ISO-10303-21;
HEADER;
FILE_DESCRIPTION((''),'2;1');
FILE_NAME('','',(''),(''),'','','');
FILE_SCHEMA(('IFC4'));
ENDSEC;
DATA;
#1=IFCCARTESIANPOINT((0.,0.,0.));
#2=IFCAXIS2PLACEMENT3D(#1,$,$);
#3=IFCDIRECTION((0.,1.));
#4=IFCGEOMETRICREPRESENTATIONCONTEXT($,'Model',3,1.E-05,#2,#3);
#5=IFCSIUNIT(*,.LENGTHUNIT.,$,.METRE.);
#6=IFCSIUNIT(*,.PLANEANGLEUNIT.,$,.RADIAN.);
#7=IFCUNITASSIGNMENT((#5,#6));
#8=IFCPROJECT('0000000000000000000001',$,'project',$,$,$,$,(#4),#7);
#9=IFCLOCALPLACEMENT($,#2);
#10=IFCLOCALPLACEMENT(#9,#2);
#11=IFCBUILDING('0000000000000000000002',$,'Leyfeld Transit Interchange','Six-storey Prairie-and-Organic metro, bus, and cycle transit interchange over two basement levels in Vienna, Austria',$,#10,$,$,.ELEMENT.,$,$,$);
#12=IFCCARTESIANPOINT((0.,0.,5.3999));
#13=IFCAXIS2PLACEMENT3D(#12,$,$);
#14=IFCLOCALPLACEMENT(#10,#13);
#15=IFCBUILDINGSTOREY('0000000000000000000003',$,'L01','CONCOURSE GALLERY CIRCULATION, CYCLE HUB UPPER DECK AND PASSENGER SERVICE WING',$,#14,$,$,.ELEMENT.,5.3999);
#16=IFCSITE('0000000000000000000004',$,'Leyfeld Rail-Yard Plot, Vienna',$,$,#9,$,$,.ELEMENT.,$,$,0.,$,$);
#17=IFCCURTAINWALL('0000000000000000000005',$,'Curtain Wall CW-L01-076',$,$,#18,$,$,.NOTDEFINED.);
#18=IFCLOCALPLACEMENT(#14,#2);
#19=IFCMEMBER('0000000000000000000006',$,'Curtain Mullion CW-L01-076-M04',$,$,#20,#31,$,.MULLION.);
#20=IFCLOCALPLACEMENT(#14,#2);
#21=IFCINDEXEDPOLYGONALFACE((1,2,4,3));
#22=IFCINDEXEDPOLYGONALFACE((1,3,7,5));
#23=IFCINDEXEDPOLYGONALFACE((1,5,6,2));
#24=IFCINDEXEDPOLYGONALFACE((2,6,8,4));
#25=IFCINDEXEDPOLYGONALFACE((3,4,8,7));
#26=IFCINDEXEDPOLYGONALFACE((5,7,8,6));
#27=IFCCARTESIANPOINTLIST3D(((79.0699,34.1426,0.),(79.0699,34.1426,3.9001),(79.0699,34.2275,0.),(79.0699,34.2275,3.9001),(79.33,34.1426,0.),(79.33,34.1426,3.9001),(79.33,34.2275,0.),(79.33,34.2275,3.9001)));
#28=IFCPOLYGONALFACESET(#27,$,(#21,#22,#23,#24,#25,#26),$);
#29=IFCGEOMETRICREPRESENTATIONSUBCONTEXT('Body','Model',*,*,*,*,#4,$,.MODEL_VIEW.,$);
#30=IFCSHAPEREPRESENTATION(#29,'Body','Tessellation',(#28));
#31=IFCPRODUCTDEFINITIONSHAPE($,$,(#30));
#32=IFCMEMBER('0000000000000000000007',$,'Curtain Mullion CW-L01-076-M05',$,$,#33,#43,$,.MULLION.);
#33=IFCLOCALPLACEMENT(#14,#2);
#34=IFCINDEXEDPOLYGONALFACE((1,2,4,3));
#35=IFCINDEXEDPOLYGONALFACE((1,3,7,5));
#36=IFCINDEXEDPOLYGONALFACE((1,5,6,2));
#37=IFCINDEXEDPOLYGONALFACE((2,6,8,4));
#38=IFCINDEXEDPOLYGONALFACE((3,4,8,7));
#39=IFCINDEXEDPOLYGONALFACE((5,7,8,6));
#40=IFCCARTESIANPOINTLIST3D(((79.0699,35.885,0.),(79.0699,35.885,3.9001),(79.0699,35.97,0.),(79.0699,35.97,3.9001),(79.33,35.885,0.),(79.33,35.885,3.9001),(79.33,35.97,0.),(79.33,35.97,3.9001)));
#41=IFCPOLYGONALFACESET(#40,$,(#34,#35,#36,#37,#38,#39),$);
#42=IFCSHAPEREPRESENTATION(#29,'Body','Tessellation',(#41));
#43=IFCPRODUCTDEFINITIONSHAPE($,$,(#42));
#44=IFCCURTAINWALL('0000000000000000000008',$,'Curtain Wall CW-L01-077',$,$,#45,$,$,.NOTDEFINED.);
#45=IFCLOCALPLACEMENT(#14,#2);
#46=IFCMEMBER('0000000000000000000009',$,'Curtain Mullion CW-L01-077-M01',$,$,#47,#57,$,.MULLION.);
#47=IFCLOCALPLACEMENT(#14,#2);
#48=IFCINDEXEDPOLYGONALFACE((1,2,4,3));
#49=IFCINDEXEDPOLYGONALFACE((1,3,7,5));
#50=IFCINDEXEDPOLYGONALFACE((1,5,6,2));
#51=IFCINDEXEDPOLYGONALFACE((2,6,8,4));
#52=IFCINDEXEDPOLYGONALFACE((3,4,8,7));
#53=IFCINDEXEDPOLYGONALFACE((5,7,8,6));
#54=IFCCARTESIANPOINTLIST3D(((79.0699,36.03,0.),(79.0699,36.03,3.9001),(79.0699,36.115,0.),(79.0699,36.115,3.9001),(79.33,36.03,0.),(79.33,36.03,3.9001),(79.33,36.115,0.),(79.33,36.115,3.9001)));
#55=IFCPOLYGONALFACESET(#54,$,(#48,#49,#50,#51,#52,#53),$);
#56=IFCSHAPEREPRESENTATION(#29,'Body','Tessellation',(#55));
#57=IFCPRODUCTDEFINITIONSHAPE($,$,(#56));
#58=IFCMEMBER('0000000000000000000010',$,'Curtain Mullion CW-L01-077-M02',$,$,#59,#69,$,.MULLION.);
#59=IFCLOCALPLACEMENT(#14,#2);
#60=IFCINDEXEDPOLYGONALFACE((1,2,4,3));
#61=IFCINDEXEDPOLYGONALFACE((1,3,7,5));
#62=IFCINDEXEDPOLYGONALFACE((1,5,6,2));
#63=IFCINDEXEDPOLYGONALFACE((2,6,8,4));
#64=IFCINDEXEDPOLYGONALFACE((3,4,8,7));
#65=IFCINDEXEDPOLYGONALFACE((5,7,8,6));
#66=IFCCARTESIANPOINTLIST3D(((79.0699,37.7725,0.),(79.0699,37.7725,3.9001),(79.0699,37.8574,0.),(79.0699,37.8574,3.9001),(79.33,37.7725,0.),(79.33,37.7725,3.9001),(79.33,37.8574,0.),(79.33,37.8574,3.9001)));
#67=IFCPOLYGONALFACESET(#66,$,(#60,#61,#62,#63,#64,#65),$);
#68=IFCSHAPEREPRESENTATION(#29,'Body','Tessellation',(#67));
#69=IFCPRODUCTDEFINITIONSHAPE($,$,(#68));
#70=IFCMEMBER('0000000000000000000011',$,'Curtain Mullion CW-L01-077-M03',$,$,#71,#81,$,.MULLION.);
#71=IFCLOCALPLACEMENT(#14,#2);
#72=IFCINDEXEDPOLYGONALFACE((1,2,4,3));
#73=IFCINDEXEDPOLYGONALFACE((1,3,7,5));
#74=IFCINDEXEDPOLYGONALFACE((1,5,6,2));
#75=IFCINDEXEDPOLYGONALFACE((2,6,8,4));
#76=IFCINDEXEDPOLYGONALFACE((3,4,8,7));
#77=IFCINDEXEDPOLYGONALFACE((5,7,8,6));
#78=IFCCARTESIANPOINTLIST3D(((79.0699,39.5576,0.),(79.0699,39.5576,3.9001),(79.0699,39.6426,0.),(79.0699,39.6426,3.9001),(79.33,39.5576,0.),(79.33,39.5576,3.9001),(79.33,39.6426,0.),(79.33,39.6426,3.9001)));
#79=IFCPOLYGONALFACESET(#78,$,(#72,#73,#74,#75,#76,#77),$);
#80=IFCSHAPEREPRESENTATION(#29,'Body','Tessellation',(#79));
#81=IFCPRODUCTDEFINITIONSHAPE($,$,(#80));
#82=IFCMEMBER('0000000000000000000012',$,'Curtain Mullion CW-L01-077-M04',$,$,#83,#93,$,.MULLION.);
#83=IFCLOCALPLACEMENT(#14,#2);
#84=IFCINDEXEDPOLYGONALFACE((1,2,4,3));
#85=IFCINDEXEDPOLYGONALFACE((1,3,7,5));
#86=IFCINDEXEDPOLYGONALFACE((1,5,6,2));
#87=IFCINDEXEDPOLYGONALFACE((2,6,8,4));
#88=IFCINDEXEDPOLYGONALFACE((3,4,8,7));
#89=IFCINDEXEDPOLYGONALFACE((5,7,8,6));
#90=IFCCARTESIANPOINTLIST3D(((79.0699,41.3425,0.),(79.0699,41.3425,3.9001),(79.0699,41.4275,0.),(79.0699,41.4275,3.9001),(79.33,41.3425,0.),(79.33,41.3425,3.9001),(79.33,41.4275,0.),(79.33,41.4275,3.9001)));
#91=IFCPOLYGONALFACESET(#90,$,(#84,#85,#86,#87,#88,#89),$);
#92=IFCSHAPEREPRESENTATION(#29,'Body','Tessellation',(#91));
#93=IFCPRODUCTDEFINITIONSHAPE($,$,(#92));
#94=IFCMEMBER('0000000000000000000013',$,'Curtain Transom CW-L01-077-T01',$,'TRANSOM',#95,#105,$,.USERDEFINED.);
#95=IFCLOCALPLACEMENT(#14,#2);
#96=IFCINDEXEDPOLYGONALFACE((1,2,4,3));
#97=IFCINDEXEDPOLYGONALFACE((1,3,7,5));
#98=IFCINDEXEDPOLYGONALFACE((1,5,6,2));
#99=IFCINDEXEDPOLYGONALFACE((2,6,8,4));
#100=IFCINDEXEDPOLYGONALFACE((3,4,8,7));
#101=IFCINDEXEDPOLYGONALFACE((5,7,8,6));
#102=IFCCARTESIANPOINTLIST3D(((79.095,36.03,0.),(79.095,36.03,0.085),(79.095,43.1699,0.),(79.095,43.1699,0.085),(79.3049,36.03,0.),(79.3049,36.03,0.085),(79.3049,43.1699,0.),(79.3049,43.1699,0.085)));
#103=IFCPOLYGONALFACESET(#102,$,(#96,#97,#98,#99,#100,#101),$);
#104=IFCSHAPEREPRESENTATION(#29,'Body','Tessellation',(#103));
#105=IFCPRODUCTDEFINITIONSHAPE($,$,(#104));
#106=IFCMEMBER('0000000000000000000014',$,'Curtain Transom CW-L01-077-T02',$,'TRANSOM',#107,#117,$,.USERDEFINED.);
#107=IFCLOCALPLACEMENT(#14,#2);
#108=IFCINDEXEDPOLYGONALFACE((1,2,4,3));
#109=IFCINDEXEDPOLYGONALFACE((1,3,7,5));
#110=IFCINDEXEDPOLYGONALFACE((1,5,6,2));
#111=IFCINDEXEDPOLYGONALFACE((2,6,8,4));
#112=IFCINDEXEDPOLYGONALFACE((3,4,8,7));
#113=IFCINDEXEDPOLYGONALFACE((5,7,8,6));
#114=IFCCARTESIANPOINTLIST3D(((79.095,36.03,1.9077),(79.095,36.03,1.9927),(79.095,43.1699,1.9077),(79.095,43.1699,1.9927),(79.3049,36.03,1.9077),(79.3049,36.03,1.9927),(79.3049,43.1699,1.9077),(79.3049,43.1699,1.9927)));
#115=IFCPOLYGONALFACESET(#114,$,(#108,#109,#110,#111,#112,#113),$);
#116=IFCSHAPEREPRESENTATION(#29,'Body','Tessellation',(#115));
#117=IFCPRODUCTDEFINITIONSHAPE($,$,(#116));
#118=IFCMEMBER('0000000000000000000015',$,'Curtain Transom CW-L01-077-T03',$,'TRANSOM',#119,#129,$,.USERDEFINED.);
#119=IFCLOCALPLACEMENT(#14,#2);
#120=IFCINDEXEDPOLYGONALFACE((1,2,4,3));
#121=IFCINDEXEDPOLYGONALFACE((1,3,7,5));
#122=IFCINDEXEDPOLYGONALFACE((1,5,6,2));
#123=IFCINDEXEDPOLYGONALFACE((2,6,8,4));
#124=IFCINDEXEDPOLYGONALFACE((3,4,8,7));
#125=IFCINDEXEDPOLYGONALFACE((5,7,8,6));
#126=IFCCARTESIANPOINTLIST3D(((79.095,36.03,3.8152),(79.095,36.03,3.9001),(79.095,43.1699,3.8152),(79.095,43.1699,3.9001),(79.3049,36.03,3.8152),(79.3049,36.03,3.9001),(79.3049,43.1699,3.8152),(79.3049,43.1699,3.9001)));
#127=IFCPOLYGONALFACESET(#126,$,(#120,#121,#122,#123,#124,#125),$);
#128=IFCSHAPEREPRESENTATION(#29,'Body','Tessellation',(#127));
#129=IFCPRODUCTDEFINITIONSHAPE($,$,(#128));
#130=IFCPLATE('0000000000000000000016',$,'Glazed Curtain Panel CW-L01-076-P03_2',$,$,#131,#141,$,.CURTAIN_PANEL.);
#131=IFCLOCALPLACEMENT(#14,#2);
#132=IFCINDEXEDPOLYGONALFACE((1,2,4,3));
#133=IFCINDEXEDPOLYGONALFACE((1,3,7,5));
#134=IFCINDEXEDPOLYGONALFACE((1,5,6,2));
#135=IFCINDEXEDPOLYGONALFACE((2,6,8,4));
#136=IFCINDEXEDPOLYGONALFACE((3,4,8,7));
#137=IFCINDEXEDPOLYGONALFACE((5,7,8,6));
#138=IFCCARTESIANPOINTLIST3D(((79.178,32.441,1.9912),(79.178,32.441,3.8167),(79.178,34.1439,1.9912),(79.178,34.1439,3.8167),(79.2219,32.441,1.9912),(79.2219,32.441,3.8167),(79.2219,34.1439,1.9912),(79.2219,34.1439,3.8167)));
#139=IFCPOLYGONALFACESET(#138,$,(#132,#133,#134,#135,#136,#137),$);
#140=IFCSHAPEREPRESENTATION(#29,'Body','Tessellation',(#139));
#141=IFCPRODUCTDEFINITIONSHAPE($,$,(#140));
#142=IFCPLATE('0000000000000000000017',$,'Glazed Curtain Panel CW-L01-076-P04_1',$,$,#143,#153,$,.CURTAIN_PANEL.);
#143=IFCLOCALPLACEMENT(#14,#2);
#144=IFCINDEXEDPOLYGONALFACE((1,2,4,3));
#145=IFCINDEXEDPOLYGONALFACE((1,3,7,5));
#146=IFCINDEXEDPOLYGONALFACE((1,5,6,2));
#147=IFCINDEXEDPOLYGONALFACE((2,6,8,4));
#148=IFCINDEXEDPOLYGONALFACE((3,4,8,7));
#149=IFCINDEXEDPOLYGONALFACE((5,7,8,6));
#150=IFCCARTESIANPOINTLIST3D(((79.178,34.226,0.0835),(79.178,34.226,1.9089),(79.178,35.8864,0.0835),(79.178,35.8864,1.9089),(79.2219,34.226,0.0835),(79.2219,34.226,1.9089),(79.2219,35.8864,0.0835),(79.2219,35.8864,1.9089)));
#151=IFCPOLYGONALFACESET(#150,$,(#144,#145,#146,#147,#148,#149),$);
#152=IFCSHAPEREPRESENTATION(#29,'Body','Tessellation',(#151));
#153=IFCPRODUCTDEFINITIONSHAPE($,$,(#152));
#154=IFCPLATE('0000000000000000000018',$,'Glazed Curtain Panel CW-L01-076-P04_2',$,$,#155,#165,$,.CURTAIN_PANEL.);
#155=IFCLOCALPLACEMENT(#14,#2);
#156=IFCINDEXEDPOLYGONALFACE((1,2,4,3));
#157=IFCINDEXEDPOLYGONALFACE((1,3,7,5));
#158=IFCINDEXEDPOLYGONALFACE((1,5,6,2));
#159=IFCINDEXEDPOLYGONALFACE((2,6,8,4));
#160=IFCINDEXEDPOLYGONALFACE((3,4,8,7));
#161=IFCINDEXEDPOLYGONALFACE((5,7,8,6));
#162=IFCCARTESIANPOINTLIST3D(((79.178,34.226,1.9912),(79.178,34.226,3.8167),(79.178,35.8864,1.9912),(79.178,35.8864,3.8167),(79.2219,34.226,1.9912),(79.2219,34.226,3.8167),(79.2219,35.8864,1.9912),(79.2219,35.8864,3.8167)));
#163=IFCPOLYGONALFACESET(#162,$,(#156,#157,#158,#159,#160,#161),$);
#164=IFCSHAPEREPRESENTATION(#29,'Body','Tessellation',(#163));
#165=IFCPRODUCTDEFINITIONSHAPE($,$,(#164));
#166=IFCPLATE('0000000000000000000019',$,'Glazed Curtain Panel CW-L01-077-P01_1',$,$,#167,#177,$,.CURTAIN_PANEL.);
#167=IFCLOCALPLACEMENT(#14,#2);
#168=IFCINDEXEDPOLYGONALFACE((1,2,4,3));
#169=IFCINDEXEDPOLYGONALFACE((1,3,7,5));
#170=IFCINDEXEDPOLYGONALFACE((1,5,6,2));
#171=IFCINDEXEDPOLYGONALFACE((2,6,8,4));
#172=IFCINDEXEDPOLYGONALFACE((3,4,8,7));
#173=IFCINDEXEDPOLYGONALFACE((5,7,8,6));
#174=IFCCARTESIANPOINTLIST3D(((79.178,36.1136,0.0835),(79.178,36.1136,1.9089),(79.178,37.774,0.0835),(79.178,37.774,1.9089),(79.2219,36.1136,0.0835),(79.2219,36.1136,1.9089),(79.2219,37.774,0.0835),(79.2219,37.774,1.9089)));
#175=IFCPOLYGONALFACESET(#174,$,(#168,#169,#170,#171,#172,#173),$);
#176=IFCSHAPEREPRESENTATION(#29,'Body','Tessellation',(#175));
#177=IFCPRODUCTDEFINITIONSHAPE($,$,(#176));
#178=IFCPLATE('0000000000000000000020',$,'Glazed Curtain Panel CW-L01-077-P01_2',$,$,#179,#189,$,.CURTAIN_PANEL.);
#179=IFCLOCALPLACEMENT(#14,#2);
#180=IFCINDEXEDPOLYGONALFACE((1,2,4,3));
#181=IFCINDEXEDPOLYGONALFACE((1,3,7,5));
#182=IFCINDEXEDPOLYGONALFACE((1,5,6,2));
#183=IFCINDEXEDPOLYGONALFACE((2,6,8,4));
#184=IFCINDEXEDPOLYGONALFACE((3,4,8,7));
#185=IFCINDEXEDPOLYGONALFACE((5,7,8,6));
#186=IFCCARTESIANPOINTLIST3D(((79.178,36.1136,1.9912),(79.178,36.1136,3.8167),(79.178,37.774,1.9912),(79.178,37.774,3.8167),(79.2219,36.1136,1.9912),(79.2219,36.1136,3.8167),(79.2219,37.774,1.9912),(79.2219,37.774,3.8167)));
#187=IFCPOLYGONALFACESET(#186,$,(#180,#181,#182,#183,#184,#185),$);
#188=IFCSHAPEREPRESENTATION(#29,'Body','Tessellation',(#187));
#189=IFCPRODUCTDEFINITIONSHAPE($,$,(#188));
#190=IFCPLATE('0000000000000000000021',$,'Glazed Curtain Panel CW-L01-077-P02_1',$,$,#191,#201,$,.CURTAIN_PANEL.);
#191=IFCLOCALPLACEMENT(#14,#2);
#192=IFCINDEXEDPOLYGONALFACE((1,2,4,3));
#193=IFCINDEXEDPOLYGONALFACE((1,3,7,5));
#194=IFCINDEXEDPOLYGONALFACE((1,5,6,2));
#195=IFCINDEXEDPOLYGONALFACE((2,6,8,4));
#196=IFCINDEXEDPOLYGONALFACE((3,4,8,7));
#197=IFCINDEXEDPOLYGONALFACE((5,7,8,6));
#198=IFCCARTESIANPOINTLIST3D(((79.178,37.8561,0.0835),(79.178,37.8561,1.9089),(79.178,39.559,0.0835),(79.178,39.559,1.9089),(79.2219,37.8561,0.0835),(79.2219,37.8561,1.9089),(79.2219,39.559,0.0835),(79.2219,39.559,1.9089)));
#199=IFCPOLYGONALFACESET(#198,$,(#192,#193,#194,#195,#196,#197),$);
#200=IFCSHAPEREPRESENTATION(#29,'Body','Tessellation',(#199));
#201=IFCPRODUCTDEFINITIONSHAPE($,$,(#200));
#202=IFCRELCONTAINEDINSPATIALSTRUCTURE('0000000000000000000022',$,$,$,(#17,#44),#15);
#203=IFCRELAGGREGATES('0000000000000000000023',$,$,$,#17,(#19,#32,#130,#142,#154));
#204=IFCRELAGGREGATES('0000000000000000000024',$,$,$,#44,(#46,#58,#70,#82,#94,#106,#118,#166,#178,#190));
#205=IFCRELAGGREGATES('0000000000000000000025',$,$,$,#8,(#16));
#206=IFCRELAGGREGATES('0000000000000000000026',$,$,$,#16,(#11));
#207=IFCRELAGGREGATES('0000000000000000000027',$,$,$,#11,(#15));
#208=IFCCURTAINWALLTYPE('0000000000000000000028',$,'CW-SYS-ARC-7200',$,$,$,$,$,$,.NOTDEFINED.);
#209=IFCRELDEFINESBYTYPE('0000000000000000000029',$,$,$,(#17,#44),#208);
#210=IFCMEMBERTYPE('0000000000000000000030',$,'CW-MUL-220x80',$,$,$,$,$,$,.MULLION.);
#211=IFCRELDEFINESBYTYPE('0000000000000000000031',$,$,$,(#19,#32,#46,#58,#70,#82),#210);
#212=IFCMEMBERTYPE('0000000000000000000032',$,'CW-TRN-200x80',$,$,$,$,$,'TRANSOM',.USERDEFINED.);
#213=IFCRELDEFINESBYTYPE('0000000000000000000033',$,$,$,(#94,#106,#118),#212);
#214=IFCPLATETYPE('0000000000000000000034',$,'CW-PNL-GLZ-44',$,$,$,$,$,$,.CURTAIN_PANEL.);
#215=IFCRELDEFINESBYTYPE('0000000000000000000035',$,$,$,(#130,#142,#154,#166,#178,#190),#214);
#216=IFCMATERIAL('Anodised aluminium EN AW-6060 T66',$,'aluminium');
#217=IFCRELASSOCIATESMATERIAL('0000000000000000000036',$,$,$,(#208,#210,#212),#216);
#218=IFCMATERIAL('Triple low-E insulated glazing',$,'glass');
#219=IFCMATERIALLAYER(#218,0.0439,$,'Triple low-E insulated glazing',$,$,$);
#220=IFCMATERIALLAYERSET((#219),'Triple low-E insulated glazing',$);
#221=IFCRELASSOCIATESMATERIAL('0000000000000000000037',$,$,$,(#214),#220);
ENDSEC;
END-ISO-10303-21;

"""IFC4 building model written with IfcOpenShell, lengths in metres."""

from ifc_helpers import new_model, si_unit, direction, frame, origin, origin_2d, place, context, subcontext, project, spatial, rectangle, extrude, material, layer, layer_set, material_profile, profile_set, type_object, element, aggregate, save


model = new_model("IFC4")

# Units and contexts
model_context = context("Model", 3, precision=1e-05, world=origin(), true_north=direction((0.0, 1.0)))
body_context = subcontext(model_context, "Body", "Model", "MODEL_VIEW")
ifc_project = project(units=[si_unit("LENGTHUNIT", "METRE"), si_unit("PLANEANGLEUNIT", "RADIAN")], contexts=[model_context])

# Site, building, storey
site_placement = place(None, origin())
site = spatial("IfcSite", under=ifc_project, at=site_placement, Name="Leyfeld Rail-Yard Plot, Vienna", CompositionType="ELEMENT", RefElevation=0.0)
building_placement = place(site_placement, origin())
building = spatial("IfcBuilding", under=site, at=building_placement, Name="Leyfeld Transit Interchange", Description="Six-storey Prairie-and-Organic metro, bus, and cycle transit interchange over two basement levels in Vienna, Austria", CompositionType="ELEMENT")
storey_placement = place(building_placement, frame((0.0, 0.0, 5.3999)))
storey = spatial("IfcBuildingStorey", under=building, at=storey_placement, Name="L01", Description="CONCOURSE GALLERY CIRCULATION, CYCLE HUB UPPER DECK AND PASSENGER SERVICE WING", CompositionType="ELEMENT", Elevation=5.3999)

# Curtain walls, members
ifc_material_1 = material(Name="Anodised aluminium EN AW-6060 T66", Category="aluminium")
curtain_wall_type = type_object("IfcCurtainWallType", Name="CW-SYS-ARC-7200", PredefinedType="NOTDEFINED", material=ifc_material_1)
curtain_wall_1_placement = place(storey_placement, origin())
curtain_wall_1 = element("IfcCurtainWall", 1, at=curtain_wall_1_placement, inside=storey, type_object=curtain_wall_type, Name="Curtain Wall CW-L01-076", PredefinedType="NOTDEFINED")
ifc_material_profile_1 = material_profile(ifc_material_1, rectangle(XDim=0.085, YDim=0.26, at=origin_2d()), Name="CW-M 85x260")
ifc_profile_set_1 = profile_set([ifc_material_profile_1], Name="Anodised aluminium EN AW-6060 T66")
member_type_1 = type_object("IfcMemberType", Name="CW-MUL-220x80", PredefinedType="MULLION", material=ifc_profile_set_1)
member_1_placement = place(storey_placement, frame((79.2, 34.1851, 0.0), z_axis=(0.0, 0.0, 1.0), x_axis=(0.0, 1.0, 0.0)))
member_1 = element("IfcMember", 2, at=member_1_placement, type_object=member_type_1, Name="Curtain Mullion CW-L01-076-M04", PredefinedType="MULLION", context=body_context, shape_type="SweptSolid", body=[
    extrude(rectangle(XDim=0.085, YDim=0.26, at=origin_2d()), origin(), (0.0, 0.0, 1.0), 3.9001),
])
member_2_placement = place(storey_placement, frame((79.2, 35.9275, 0.0), z_axis=(0.0, 0.0, 1.0), x_axis=(0.0, 1.0, 0.0)))
member_2 = element("IfcMember", 3, at=member_2_placement, type_object=member_type_1, Name="Curtain Mullion CW-L01-076-M05", PredefinedType="MULLION", context=body_context, shape_type="SweptSolid", body=[
    extrude(rectangle(XDim=0.085, YDim=0.26, at=origin_2d()), origin(), (0.0, 0.0, 1.0), 3.9001),
])
curtain_wall_2_placement = place(storey_placement, origin())
curtain_wall_2 = element("IfcCurtainWall", 4, at=curtain_wall_2_placement, inside=storey, type_object=curtain_wall_type, Name="Curtain Wall CW-L01-077", PredefinedType="NOTDEFINED")
member_3_placement = place(storey_placement, frame((79.2, 36.0725, 0.0), z_axis=(0.0, 0.0, 1.0), x_axis=(0.0, 1.0, 0.0)))
member_3 = element("IfcMember", 5, at=member_3_placement, type_object=member_type_1, Name="Curtain Mullion CW-L01-077-M01", PredefinedType="MULLION", context=body_context, shape_type="SweptSolid", body=[
    extrude(rectangle(XDim=0.085, YDim=0.26, at=origin_2d()), origin(), (0.0, 0.0, 1.0), 3.9001),
])
member_4_placement = place(storey_placement, frame((79.2, 37.8149, 0.0), z_axis=(0.0, 0.0, 1.0), x_axis=(0.0, 1.0, 0.0)))
member_4 = element("IfcMember", 6, at=member_4_placement, type_object=member_type_1, Name="Curtain Mullion CW-L01-077-M02", PredefinedType="MULLION", context=body_context, shape_type="SweptSolid", body=[
    extrude(rectangle(XDim=0.085, YDim=0.26, at=origin_2d()), origin(), (0.0, 0.0, 1.0), 3.9001),
])
member_5_placement = place(storey_placement, frame((79.2, 39.6001, 0.0), z_axis=(0.0, 0.0, 1.0), x_axis=(0.0, 1.0, 0.0)))
member_5 = element("IfcMember", 7, at=member_5_placement, type_object=member_type_1, Name="Curtain Mullion CW-L01-077-M03", PredefinedType="MULLION", context=body_context, shape_type="SweptSolid", body=[
    extrude(rectangle(XDim=0.085, YDim=0.26, at=origin_2d()), origin(), (0.0, 0.0, 1.0), 3.9001),
])
member_6_placement = place(storey_placement, frame((79.2, 41.385, 0.0), z_axis=(0.0, 0.0, 1.0), x_axis=(0.0, 1.0, 0.0)))
member_6 = element("IfcMember", 8, at=member_6_placement, type_object=member_type_1, Name="Curtain Mullion CW-L01-077-M04", PredefinedType="MULLION", context=body_context, shape_type="SweptSolid", body=[
    extrude(rectangle(XDim=0.085, YDim=0.26, at=origin_2d()), origin(), (0.0, 0.0, 1.0), 3.9001),
])
ifc_material_profile_2 = material_profile(ifc_material_1, rectangle(XDim=0.21, YDim=0.085, at=origin_2d()), Name="CW-TRN-200x80")
ifc_profile_set_2 = profile_set([ifc_material_profile_2], Name="Anodised aluminium EN AW-6060 T66")
member_type_2 = type_object("IfcMemberType", Name="CW-TRN-200x80", ElementType="TRANSOM", PredefinedType="USERDEFINED", material=ifc_profile_set_2)
member_7_placement = place(storey_placement, frame((79.2, 36.03, 0.0425), z_axis=(0.0, 1.0, 0.0), x_axis=(-1.0, 0.0, 0.0)))
member_7 = element("IfcMember", 9, at=member_7_placement, type_object=member_type_2, Name="Curtain Transom CW-L01-077-T01", ObjectType="TRANSOM", PredefinedType="USERDEFINED", context=body_context, shape_type="SweptSolid", body=[
    extrude(rectangle(XDim=0.21, YDim=0.085, at=origin_2d()), origin(), (0.0, 0.0, 1.0), 7.1399),
])
member_8_placement = place(storey_placement, frame((79.2, 36.03, 1.9502), z_axis=(0.0, 1.0, 0.0), x_axis=(-1.0, 0.0, 0.0)))
member_8 = element("IfcMember", 10, at=member_8_placement, type_object=member_type_2, Name="Curtain Transom CW-L01-077-T02", ObjectType="TRANSOM", PredefinedType="USERDEFINED", context=body_context, shape_type="SweptSolid", body=[
    extrude(rectangle(XDim=0.21, YDim=0.085, at=origin_2d()), origin(), (0.0, 0.0, 1.0), 7.1399),
])
member_9_placement = place(storey_placement, frame((79.2, 36.03, 3.8577), z_axis=(0.0, 1.0, 0.0), x_axis=(-1.0, 0.0, 0.0)))
member_9 = element("IfcMember", 11, at=member_9_placement, type_object=member_type_2, Name="Curtain Transom CW-L01-077-T03", ObjectType="TRANSOM", PredefinedType="USERDEFINED", context=body_context, shape_type="SweptSolid", body=[
    extrude(rectangle(XDim=0.21, YDim=0.085, at=origin_2d()), origin(), (0.0, 0.0, 1.0), 7.1399),
])

# Plates
ifc_material_2 = material(Name="Triple low-E insulated glazing", Category="glass")
ifc_layer_1 = layer(ifc_material_2, 0.0439, Name="Triple low-E insulated glazing")
ifc_layer_set_1 = layer_set([ifc_layer_1], Name="Triple low-E insulated glazing")
plate_type = type_object("IfcPlateType", Name="CW-PNL-GLZ-44", PredefinedType="CURTAIN_PANEL", material=ifc_layer_set_1)
plate_1_placement = place(storey_placement, frame((79.2, 33.2925, 1.9912), z_axis=(0.0, 0.0, 1.0), x_axis=(0.0, 1.0, 0.0)))
plate_1 = element("IfcPlate", 12, at=plate_1_placement, type_object=plate_type, Name="Glazed Curtain Panel CW-L01-076-P03_2", PredefinedType="CURTAIN_PANEL", context=body_context, shape_type="SweptSolid", body=[
    extrude(rectangle(XDim=1.7029, YDim=0.0439, at=origin_2d()), origin(), (0.0, 0.0, 1.0), 1.8254),
])
plate_2_placement = place(storey_placement, frame((79.2, 35.0562, 0.0835), z_axis=(0.0, 0.0, 1.0), x_axis=(0.0, 1.0, 0.0)))
plate_2 = element("IfcPlate", 13, at=plate_2_placement, type_object=plate_type, Name="Glazed Curtain Panel CW-L01-076-P04_1", PredefinedType="CURTAIN_PANEL", context=body_context, shape_type="SweptSolid", body=[
    extrude(rectangle(XDim=1.6604, YDim=0.0439, at=origin_2d()), origin(), (0.0, 0.0, 1.0), 1.8254),
])
plate_3_placement = place(storey_placement, frame((79.2, 35.0562, 1.9912), z_axis=(0.0, 0.0, 1.0), x_axis=(0.0, 1.0, 0.0)))
plate_3 = element("IfcPlate", 14, at=plate_3_placement, type_object=plate_type, Name="Glazed Curtain Panel CW-L01-076-P04_2", PredefinedType="CURTAIN_PANEL", context=body_context, shape_type="SweptSolid", body=[
    extrude(rectangle(XDim=1.6604, YDim=0.0439, at=origin_2d()), origin(), (0.0, 0.0, 1.0), 1.8254),
])
aggregate(curtain_wall_1, [member_1, member_2, plate_1, plate_2, plate_3])
plate_4_placement = place(storey_placement, frame((79.2, 36.9438, 0.0835), z_axis=(0.0, 0.0, 1.0), x_axis=(0.0, 1.0, 0.0)))
plate_4 = element("IfcPlate", 15, at=plate_4_placement, type_object=plate_type, Name="Glazed Curtain Panel CW-L01-077-P01_1", PredefinedType="CURTAIN_PANEL", context=body_context, shape_type="SweptSolid", body=[
    extrude(rectangle(XDim=1.6604, YDim=0.0439, at=origin_2d()), origin(), (0.0, 0.0, 1.0), 1.8254),
])
plate_5_placement = place(storey_placement, frame((79.2, 36.9438, 1.9912), z_axis=(0.0, 0.0, 1.0), x_axis=(0.0, 1.0, 0.0)))
plate_5 = element("IfcPlate", 16, at=plate_5_placement, type_object=plate_type, Name="Glazed Curtain Panel CW-L01-077-P01_2", PredefinedType="CURTAIN_PANEL", context=body_context, shape_type="SweptSolid", body=[
    extrude(rectangle(XDim=1.6604, YDim=0.0439, at=origin_2d()), origin(), (0.0, 0.0, 1.0), 1.8254),
])
plate_6_placement = place(storey_placement, frame((79.2, 38.7075, 0.0835), z_axis=(0.0, 0.0, 1.0), x_axis=(0.0, 1.0, 0.0)))
plate_6 = element("IfcPlate", 17, at=plate_6_placement, type_object=plate_type, Name="Glazed Curtain Panel CW-L01-077-P02_1", PredefinedType="CURTAIN_PANEL", context=body_context, shape_type="SweptSolid", body=[
    extrude(rectangle(XDim=1.7029, YDim=0.0439, at=origin_2d()), origin(), (0.0, 0.0, 1.0), 1.8254),
])
aggregate(curtain_wall_2, [member_3, member_4, member_5, member_6, member_7, member_8, member_9, plate_4, plate_5, plate_6])

save(model, "model.ifc")
